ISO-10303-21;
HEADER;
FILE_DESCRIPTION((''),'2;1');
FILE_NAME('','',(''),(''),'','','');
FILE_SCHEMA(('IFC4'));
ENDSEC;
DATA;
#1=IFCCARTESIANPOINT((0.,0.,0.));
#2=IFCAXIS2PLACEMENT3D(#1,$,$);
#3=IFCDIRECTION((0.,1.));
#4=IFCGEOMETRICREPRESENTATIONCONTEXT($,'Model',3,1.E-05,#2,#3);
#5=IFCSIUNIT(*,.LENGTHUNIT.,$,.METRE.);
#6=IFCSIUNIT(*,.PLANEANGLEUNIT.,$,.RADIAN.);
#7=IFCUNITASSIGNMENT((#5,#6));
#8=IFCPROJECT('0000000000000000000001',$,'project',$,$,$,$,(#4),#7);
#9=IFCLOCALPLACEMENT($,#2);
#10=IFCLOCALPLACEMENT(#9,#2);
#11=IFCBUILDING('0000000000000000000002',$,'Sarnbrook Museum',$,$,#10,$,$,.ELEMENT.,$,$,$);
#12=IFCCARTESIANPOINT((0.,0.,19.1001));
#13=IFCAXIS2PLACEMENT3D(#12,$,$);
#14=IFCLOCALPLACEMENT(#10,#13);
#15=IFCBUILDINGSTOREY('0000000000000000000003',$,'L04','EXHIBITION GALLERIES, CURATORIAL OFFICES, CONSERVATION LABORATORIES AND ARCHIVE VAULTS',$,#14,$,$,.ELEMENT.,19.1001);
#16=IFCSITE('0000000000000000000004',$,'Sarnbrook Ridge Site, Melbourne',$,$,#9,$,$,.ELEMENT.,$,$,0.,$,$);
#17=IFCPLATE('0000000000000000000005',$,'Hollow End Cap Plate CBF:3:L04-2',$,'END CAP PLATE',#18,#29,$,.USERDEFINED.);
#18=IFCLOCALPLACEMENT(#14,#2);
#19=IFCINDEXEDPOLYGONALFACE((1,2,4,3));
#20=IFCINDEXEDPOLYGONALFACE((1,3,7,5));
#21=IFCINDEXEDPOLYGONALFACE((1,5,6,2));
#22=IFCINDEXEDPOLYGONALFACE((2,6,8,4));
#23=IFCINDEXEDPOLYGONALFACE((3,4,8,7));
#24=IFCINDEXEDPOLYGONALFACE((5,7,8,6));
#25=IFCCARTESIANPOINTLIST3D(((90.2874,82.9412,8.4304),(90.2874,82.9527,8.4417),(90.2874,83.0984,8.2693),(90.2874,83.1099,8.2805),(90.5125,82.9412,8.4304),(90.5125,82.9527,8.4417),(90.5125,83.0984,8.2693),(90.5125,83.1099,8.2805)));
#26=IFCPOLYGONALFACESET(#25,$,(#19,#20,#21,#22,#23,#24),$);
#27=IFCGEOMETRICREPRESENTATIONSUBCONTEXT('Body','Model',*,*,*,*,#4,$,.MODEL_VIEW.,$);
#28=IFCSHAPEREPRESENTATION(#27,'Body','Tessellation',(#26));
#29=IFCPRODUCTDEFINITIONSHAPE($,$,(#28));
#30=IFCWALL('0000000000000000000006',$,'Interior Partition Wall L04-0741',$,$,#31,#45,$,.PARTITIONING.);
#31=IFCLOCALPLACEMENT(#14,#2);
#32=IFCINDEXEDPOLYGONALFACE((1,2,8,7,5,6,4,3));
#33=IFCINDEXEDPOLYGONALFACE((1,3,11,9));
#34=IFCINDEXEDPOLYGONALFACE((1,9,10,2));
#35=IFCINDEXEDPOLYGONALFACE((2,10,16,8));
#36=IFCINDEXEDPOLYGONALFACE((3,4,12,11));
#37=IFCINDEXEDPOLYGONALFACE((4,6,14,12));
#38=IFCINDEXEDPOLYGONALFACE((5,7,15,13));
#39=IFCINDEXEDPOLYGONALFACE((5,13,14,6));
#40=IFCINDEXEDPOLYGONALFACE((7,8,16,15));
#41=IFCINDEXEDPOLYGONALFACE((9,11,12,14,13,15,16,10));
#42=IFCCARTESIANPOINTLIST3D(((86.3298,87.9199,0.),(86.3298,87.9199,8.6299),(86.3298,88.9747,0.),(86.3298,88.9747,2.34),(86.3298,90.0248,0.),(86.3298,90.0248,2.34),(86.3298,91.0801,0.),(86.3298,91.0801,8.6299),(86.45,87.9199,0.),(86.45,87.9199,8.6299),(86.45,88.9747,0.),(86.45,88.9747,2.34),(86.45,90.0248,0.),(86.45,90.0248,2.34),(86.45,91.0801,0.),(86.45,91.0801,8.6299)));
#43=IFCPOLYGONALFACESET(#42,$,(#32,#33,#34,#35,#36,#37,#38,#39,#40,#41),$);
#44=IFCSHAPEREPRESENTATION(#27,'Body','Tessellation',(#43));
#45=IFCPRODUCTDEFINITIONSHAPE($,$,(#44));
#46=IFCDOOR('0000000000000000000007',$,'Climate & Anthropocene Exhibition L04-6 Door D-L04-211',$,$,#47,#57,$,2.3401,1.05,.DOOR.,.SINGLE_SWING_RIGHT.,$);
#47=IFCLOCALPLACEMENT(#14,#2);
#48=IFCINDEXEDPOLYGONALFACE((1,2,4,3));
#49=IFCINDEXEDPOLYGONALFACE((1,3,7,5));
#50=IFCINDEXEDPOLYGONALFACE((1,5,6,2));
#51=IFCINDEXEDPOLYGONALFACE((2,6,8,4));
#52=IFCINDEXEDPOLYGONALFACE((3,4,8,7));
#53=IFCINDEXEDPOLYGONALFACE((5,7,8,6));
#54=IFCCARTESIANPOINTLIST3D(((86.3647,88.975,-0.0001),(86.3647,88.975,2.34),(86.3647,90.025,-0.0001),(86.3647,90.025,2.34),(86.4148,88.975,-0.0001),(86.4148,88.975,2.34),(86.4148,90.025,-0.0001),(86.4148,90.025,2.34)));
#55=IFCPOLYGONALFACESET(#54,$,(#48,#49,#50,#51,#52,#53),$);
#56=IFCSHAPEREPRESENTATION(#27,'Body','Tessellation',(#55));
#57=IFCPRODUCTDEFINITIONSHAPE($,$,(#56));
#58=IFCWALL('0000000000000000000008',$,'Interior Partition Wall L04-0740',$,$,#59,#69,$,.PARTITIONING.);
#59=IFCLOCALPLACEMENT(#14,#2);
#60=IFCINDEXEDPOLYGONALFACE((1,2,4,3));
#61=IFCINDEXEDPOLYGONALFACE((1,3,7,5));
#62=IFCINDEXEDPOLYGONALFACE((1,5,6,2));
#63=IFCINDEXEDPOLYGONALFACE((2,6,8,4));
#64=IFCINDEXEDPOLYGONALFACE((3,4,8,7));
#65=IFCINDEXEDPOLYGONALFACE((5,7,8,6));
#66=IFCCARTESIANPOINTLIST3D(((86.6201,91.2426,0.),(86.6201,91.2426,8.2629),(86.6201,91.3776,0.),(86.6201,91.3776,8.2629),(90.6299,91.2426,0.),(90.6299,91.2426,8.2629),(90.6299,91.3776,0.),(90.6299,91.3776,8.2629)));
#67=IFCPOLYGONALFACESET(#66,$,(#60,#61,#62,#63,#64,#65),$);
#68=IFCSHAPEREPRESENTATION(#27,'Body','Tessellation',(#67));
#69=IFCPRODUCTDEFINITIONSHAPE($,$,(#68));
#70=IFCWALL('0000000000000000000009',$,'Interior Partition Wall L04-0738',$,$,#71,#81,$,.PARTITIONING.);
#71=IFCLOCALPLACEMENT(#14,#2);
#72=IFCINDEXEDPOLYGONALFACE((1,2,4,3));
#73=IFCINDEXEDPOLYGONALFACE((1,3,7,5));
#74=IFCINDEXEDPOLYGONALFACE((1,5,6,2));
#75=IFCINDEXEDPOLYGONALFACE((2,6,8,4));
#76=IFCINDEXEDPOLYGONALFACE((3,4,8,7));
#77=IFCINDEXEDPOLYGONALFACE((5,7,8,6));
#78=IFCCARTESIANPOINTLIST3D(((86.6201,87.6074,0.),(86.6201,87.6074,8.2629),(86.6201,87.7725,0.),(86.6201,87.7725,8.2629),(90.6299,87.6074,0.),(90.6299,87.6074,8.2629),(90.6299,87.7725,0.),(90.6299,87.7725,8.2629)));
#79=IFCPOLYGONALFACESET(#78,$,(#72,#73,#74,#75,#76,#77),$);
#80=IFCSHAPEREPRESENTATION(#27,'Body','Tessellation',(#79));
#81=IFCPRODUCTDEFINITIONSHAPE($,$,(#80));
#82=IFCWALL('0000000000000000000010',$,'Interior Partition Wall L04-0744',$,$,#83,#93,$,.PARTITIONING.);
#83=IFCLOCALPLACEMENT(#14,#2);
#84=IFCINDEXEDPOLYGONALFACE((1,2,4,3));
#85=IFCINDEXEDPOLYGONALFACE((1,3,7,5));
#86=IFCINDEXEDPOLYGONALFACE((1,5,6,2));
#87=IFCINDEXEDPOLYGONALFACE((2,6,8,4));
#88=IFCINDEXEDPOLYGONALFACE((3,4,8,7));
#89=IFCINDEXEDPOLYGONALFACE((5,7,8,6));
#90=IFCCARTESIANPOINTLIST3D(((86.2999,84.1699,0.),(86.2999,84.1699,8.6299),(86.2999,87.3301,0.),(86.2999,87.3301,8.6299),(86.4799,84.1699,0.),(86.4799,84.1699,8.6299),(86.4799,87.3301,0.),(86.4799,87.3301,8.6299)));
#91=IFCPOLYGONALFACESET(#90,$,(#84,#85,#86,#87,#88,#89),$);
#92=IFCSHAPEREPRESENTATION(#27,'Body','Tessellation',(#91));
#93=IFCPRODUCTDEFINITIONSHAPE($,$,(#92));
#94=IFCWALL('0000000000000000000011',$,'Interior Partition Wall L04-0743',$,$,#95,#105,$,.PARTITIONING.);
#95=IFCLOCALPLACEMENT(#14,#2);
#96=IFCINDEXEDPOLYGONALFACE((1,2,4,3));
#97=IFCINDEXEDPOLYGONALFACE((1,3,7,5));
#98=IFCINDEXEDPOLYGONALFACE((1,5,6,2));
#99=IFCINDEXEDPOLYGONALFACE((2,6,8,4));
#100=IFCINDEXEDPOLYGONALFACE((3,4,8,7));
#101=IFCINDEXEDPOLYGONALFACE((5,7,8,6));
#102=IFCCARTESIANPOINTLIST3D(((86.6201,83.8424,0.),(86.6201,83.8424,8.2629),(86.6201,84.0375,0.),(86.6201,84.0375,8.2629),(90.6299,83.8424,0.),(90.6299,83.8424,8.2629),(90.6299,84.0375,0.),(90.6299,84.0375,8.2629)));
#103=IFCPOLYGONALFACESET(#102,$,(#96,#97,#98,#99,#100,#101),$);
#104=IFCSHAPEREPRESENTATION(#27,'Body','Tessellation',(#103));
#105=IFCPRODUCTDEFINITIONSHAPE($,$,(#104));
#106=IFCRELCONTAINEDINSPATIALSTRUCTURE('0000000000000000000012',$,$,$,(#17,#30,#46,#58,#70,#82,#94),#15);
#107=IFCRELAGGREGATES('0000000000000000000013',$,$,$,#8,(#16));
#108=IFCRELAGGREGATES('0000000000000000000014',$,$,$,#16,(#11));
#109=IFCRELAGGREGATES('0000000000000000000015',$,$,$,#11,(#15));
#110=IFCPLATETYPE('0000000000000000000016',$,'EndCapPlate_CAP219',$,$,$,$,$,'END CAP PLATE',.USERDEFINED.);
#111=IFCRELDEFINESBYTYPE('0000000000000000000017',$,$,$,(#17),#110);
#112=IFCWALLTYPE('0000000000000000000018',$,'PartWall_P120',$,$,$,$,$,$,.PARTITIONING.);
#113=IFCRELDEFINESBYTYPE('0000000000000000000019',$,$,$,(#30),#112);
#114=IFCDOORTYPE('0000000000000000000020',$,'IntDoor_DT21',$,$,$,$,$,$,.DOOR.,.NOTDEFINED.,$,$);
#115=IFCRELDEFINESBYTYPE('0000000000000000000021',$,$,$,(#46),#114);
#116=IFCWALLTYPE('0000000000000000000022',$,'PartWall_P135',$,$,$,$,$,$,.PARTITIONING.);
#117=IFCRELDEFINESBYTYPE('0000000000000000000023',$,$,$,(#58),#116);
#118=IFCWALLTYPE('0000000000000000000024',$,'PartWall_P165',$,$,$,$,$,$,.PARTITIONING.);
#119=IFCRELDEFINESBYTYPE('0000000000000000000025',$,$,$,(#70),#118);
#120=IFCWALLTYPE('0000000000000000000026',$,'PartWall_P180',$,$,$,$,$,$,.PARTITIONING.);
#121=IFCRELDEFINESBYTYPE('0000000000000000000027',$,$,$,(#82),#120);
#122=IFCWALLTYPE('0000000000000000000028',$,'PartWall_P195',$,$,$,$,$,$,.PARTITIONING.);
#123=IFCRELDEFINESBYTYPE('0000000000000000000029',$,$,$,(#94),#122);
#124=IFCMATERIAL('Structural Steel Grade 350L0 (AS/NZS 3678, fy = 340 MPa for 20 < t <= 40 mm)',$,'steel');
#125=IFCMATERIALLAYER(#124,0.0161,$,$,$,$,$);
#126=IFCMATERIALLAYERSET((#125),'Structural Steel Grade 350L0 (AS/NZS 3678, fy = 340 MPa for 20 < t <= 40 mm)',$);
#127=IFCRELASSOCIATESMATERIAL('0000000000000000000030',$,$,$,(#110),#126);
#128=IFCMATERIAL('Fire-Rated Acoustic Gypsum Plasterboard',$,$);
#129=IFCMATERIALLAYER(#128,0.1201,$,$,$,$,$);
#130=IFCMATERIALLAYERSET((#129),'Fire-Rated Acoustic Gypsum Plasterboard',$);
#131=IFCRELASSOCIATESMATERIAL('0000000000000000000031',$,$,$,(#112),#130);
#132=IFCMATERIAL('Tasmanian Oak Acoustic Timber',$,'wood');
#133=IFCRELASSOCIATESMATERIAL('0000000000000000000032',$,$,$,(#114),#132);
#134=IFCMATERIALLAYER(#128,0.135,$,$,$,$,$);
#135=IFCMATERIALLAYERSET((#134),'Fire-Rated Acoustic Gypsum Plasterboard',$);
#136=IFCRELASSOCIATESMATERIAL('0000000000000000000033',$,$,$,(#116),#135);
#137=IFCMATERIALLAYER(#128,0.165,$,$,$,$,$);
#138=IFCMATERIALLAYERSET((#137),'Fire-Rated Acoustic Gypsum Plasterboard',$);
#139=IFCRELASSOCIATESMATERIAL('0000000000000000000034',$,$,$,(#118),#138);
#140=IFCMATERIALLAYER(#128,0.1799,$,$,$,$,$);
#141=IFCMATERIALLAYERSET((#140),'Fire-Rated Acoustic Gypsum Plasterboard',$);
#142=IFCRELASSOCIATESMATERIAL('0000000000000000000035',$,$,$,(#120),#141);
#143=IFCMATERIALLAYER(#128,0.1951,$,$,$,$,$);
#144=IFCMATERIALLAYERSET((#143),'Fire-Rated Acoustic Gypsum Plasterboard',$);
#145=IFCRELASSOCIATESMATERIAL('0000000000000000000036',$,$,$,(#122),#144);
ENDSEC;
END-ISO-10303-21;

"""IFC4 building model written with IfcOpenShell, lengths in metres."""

from ifc_helpers import new_model, si_unit, direction, frame, frame_2d, origin, origin_2d, place, context, subcontext, project, spatial, rectangle, extrude, material, layer, layer_set, type_object, element, fill, save


model = new_model("IFC4")

# Units and contexts
model_context = context("Model", 3, precision=1e-05, world=origin(), true_north=direction((0.0, 1.0)))
body_context = subcontext(model_context, "Body", "Model", "MODEL_VIEW")
ifc_project = project(units=[si_unit("LENGTHUNIT", "METRE"), si_unit("PLANEANGLEUNIT", "RADIAN")], contexts=[model_context])

# Site, building, storey
site_placement = place(None, origin())
site = spatial("IfcSite", under=ifc_project, at=site_placement, Name="Sarnbrook Ridge Site, Melbourne", CompositionType="ELEMENT", RefElevation=0.0)
building_placement = place(site_placement, origin())
building = spatial("IfcBuilding", under=site, at=building_placement, Name="Sarnbrook Museum", CompositionType="ELEMENT")
storey_placement = place(building_placement, frame((0.0, 0.0, 19.1001)))
storey = spatial("IfcBuildingStorey", under=building, at=storey_placement, Name="L04", Description="EXHIBITION GALLERIES, CURATORIAL OFFICES, CONSERVATION LABORATORIES AND ARCHIVE VAULTS", CompositionType="ELEMENT", Elevation=19.1001)

# Plate
ifc_material_1 = material(Name="Structural Steel Grade 350L0 (AS/NZS 3678, fy = 340 MPa for 20 < t <= 40 mm)", Category="steel")
ifc_layer_1 = layer(ifc_material_1, 0.0161)
ifc_layer_set_1 = layer_set([ifc_layer_1], Name="Structural Steel Grade 350L0 (AS/NZS 3678, fy = 340 MPa for 20 < t <= 40 mm)")
plate_type = type_object("IfcPlateType", Name="EndCapPlate_CAP219", ElementType="END CAP PLATE", PredefinedType="USERDEFINED", material=ifc_layer_set_1)
plate_placement = place(storey_placement, frame((90.3999, 83.0198, 8.3499), z_axis=(0.0, 0.715958, 0.698144), x_axis=(-1.0, 0.0, 0.0)))
element("IfcPlate", 1, at=plate_placement, inside=storey, type_object=plate_type, Name="Hollow End Cap Plate CBF:3:L04-2", ObjectType="END CAP PLATE", PredefinedType="USERDEFINED", context=body_context, shape_type="SweptSolid", body=[
    extrude(rectangle(XDim=0.2251, YDim=0.2251, at=origin_2d()), origin(), (0.0, 0.0, 1.0), 0.0161),
])

# Wall, opening, door
ifc_material_2 = material(Name="Fire-Rated Acoustic Gypsum Plasterboard")
ifc_layer_2 = layer(ifc_material_2, 0.1201)
ifc_layer_set_2 = layer_set([ifc_layer_2], Name="Fire-Rated Acoustic Gypsum Plasterboard")
wall_type_1 = type_object("IfcWallType", Name="PartWall_P120", PredefinedType="PARTITIONING", material=ifc_layer_set_2)
wall_1_placement = place(storey_placement, frame((86.3899, 87.9199, 0.0), z_axis=(0.0, 0.0, 1.0), x_axis=(0.0, 1.0, 0.0)))
wall_1 = element("IfcWall", 2, at=wall_1_placement, inside=storey, type_object=wall_type_1, Name="Interior Partition Wall L04-0741", PredefinedType="PARTITIONING", context=body_context, shape_type="SweptSolid", body=[
    extrude(rectangle(XDim=3.1602, YDim=0.1201, at=frame_2d((1.5801, 0.0))), origin(), (0.0, 0.0, 1.0), 8.6299),
])
opening_placement = place(wall_1_placement, frame((1.0549, 0.0, 0.0)))
opening = element("IfcOpeningElement", 3, at=opening_placement, cuts=wall_1, PredefinedType="OPENING", context=body_context, shape_type="SweptSolid", body=[
    extrude(rectangle(XDim=1.05, YDim=2.3401, at=frame_2d((0.5249, 1.1699))), frame((0.0, 0.0701, 0.0), z_axis=(0.0, -1.0, 0.0), x_axis=(1.0, 0.0, 0.0)), (0.0, 0.0, 1.0), 0.1401),
])
ifc_material_3 = material(Name="Tasmanian Oak Acoustic Timber", Category="wood")
door_type = type_object("IfcDoorType", Name="IntDoor_DT21", OperationType="NOTDEFINED", PredefinedType="DOOR", material=ifc_material_3)
door_placement = place(opening_placement, frame((1.05, 0.0, 0.0), z_axis=(0.0, 0.0, 1.0), x_axis=(-1.0, 0.0, 0.0)))
door = element("IfcDoor", 4, at=door_placement, inside=storey, type_object=door_type, Name="Climate & Anthropocene Exhibition L04-6 Door D-L04-211", OperationType="SINGLE_SWING_RIGHT", OverallHeight=2.3401, OverallWidth=1.05, PredefinedType="DOOR", context=body_context, shape_type="SweptSolid", body=[
    extrude(rectangle(XDim=1.05, YDim=2.3401, at=frame_2d((0.5249, 1.1699))), frame((0.0, 0.0249, 0.0), z_axis=(0.0, -1.0, 0.0), x_axis=(1.0, 0.0, 0.0)), (0.0, 0.0, 1.0), 0.05),
])
fill(opening, door)

# Walls
ifc_layer_3 = layer(ifc_material_2, 0.135)
ifc_layer_set_3 = layer_set([ifc_layer_3], Name="Fire-Rated Acoustic Gypsum Plasterboard")
wall_type_2 = type_object("IfcWallType", Name="PartWall_P135", PredefinedType="PARTITIONING", material=ifc_layer_set_3)
wall_2_placement = place(storey_placement, frame((86.6201, 91.3101, 0.0), z_axis=(0.0, 0.0, 1.0), x_axis=(1.0, 0.0, 0.0)))
element("IfcWall", 5, at=wall_2_placement, inside=storey, type_object=wall_type_2, Name="Interior Partition Wall L04-0740", PredefinedType="PARTITIONING", context=body_context, shape_type="SweptSolid", body=[
    extrude(rectangle(XDim=4.0098, YDim=0.135, at=frame_2d((2.0049, 0.0))), origin(), (0.0, 0.0, 1.0), 8.2629),
])
ifc_layer_4 = layer(ifc_material_2, 0.165)
ifc_layer_set_4 = layer_set([ifc_layer_4], Name="Fire-Rated Acoustic Gypsum Plasterboard")
wall_type_3 = type_object("IfcWallType", Name="PartWall_P165", PredefinedType="PARTITIONING", material=ifc_layer_set_4)
wall_3_placement = place(storey_placement, frame((90.6299, 87.6899, 0.0), z_axis=(0.0, 0.0, 1.0), x_axis=(-1.0, 0.0, 0.0)))
element("IfcWall", 6, at=wall_3_placement, inside=storey, type_object=wall_type_3, Name="Interior Partition Wall L04-0738", PredefinedType="PARTITIONING", context=body_context, shape_type="SweptSolid", body=[
    extrude(rectangle(XDim=4.0098, YDim=0.165, at=frame_2d((2.0049, 0.0))), origin(), (0.0, 0.0, 1.0), 8.2629),
])
ifc_layer_5 = layer(ifc_material_2, 0.1799)
ifc_layer_set_5 = layer_set([ifc_layer_5], Name="Fire-Rated Acoustic Gypsum Plasterboard")
wall_type_4 = type_object("IfcWallType", Name="PartWall_P180", PredefinedType="PARTITIONING", material=ifc_layer_set_5)
wall_4_placement = place(storey_placement, frame((86.3899, 84.1699, 0.0), z_axis=(0.0, 0.0, 1.0), x_axis=(0.0, 1.0, 0.0)))
element("IfcWall", 7, at=wall_4_placement, inside=storey, type_object=wall_type_4, Name="Interior Partition Wall L04-0744", PredefinedType="PARTITIONING", context=body_context, shape_type="SweptSolid", body=[
    extrude(rectangle(XDim=3.1602, YDim=0.1799, at=frame_2d((1.5801, 0.0))), origin(), (0.0, 0.0, 1.0), 8.6299),
])
ifc_layer_6 = layer(ifc_material_2, 0.1951)
ifc_layer_set_6 = layer_set([ifc_layer_6], Name="Fire-Rated Acoustic Gypsum Plasterboard")
wall_type_5 = type_object("IfcWallType", Name="PartWall_P195", PredefinedType="PARTITIONING", material=ifc_layer_set_6)
wall_5_placement = place(storey_placement, frame((90.6299, 83.9399, 0.0), z_axis=(0.0, 0.0, 1.0), x_axis=(-1.0, 0.0, 0.0)))
element("IfcWall", 8, at=wall_5_placement, inside=storey, type_object=wall_type_5, Name="Interior Partition Wall L04-0743", PredefinedType="PARTITIONING", context=body_context, shape_type="SweptSolid", body=[
    extrude(rectangle(XDim=4.0098, YDim=0.1951, at=frame_2d((2.0049, 0.0))), origin(), (0.0, 0.0, 1.0), 8.2629),
])

save(model, "model.ifc")
